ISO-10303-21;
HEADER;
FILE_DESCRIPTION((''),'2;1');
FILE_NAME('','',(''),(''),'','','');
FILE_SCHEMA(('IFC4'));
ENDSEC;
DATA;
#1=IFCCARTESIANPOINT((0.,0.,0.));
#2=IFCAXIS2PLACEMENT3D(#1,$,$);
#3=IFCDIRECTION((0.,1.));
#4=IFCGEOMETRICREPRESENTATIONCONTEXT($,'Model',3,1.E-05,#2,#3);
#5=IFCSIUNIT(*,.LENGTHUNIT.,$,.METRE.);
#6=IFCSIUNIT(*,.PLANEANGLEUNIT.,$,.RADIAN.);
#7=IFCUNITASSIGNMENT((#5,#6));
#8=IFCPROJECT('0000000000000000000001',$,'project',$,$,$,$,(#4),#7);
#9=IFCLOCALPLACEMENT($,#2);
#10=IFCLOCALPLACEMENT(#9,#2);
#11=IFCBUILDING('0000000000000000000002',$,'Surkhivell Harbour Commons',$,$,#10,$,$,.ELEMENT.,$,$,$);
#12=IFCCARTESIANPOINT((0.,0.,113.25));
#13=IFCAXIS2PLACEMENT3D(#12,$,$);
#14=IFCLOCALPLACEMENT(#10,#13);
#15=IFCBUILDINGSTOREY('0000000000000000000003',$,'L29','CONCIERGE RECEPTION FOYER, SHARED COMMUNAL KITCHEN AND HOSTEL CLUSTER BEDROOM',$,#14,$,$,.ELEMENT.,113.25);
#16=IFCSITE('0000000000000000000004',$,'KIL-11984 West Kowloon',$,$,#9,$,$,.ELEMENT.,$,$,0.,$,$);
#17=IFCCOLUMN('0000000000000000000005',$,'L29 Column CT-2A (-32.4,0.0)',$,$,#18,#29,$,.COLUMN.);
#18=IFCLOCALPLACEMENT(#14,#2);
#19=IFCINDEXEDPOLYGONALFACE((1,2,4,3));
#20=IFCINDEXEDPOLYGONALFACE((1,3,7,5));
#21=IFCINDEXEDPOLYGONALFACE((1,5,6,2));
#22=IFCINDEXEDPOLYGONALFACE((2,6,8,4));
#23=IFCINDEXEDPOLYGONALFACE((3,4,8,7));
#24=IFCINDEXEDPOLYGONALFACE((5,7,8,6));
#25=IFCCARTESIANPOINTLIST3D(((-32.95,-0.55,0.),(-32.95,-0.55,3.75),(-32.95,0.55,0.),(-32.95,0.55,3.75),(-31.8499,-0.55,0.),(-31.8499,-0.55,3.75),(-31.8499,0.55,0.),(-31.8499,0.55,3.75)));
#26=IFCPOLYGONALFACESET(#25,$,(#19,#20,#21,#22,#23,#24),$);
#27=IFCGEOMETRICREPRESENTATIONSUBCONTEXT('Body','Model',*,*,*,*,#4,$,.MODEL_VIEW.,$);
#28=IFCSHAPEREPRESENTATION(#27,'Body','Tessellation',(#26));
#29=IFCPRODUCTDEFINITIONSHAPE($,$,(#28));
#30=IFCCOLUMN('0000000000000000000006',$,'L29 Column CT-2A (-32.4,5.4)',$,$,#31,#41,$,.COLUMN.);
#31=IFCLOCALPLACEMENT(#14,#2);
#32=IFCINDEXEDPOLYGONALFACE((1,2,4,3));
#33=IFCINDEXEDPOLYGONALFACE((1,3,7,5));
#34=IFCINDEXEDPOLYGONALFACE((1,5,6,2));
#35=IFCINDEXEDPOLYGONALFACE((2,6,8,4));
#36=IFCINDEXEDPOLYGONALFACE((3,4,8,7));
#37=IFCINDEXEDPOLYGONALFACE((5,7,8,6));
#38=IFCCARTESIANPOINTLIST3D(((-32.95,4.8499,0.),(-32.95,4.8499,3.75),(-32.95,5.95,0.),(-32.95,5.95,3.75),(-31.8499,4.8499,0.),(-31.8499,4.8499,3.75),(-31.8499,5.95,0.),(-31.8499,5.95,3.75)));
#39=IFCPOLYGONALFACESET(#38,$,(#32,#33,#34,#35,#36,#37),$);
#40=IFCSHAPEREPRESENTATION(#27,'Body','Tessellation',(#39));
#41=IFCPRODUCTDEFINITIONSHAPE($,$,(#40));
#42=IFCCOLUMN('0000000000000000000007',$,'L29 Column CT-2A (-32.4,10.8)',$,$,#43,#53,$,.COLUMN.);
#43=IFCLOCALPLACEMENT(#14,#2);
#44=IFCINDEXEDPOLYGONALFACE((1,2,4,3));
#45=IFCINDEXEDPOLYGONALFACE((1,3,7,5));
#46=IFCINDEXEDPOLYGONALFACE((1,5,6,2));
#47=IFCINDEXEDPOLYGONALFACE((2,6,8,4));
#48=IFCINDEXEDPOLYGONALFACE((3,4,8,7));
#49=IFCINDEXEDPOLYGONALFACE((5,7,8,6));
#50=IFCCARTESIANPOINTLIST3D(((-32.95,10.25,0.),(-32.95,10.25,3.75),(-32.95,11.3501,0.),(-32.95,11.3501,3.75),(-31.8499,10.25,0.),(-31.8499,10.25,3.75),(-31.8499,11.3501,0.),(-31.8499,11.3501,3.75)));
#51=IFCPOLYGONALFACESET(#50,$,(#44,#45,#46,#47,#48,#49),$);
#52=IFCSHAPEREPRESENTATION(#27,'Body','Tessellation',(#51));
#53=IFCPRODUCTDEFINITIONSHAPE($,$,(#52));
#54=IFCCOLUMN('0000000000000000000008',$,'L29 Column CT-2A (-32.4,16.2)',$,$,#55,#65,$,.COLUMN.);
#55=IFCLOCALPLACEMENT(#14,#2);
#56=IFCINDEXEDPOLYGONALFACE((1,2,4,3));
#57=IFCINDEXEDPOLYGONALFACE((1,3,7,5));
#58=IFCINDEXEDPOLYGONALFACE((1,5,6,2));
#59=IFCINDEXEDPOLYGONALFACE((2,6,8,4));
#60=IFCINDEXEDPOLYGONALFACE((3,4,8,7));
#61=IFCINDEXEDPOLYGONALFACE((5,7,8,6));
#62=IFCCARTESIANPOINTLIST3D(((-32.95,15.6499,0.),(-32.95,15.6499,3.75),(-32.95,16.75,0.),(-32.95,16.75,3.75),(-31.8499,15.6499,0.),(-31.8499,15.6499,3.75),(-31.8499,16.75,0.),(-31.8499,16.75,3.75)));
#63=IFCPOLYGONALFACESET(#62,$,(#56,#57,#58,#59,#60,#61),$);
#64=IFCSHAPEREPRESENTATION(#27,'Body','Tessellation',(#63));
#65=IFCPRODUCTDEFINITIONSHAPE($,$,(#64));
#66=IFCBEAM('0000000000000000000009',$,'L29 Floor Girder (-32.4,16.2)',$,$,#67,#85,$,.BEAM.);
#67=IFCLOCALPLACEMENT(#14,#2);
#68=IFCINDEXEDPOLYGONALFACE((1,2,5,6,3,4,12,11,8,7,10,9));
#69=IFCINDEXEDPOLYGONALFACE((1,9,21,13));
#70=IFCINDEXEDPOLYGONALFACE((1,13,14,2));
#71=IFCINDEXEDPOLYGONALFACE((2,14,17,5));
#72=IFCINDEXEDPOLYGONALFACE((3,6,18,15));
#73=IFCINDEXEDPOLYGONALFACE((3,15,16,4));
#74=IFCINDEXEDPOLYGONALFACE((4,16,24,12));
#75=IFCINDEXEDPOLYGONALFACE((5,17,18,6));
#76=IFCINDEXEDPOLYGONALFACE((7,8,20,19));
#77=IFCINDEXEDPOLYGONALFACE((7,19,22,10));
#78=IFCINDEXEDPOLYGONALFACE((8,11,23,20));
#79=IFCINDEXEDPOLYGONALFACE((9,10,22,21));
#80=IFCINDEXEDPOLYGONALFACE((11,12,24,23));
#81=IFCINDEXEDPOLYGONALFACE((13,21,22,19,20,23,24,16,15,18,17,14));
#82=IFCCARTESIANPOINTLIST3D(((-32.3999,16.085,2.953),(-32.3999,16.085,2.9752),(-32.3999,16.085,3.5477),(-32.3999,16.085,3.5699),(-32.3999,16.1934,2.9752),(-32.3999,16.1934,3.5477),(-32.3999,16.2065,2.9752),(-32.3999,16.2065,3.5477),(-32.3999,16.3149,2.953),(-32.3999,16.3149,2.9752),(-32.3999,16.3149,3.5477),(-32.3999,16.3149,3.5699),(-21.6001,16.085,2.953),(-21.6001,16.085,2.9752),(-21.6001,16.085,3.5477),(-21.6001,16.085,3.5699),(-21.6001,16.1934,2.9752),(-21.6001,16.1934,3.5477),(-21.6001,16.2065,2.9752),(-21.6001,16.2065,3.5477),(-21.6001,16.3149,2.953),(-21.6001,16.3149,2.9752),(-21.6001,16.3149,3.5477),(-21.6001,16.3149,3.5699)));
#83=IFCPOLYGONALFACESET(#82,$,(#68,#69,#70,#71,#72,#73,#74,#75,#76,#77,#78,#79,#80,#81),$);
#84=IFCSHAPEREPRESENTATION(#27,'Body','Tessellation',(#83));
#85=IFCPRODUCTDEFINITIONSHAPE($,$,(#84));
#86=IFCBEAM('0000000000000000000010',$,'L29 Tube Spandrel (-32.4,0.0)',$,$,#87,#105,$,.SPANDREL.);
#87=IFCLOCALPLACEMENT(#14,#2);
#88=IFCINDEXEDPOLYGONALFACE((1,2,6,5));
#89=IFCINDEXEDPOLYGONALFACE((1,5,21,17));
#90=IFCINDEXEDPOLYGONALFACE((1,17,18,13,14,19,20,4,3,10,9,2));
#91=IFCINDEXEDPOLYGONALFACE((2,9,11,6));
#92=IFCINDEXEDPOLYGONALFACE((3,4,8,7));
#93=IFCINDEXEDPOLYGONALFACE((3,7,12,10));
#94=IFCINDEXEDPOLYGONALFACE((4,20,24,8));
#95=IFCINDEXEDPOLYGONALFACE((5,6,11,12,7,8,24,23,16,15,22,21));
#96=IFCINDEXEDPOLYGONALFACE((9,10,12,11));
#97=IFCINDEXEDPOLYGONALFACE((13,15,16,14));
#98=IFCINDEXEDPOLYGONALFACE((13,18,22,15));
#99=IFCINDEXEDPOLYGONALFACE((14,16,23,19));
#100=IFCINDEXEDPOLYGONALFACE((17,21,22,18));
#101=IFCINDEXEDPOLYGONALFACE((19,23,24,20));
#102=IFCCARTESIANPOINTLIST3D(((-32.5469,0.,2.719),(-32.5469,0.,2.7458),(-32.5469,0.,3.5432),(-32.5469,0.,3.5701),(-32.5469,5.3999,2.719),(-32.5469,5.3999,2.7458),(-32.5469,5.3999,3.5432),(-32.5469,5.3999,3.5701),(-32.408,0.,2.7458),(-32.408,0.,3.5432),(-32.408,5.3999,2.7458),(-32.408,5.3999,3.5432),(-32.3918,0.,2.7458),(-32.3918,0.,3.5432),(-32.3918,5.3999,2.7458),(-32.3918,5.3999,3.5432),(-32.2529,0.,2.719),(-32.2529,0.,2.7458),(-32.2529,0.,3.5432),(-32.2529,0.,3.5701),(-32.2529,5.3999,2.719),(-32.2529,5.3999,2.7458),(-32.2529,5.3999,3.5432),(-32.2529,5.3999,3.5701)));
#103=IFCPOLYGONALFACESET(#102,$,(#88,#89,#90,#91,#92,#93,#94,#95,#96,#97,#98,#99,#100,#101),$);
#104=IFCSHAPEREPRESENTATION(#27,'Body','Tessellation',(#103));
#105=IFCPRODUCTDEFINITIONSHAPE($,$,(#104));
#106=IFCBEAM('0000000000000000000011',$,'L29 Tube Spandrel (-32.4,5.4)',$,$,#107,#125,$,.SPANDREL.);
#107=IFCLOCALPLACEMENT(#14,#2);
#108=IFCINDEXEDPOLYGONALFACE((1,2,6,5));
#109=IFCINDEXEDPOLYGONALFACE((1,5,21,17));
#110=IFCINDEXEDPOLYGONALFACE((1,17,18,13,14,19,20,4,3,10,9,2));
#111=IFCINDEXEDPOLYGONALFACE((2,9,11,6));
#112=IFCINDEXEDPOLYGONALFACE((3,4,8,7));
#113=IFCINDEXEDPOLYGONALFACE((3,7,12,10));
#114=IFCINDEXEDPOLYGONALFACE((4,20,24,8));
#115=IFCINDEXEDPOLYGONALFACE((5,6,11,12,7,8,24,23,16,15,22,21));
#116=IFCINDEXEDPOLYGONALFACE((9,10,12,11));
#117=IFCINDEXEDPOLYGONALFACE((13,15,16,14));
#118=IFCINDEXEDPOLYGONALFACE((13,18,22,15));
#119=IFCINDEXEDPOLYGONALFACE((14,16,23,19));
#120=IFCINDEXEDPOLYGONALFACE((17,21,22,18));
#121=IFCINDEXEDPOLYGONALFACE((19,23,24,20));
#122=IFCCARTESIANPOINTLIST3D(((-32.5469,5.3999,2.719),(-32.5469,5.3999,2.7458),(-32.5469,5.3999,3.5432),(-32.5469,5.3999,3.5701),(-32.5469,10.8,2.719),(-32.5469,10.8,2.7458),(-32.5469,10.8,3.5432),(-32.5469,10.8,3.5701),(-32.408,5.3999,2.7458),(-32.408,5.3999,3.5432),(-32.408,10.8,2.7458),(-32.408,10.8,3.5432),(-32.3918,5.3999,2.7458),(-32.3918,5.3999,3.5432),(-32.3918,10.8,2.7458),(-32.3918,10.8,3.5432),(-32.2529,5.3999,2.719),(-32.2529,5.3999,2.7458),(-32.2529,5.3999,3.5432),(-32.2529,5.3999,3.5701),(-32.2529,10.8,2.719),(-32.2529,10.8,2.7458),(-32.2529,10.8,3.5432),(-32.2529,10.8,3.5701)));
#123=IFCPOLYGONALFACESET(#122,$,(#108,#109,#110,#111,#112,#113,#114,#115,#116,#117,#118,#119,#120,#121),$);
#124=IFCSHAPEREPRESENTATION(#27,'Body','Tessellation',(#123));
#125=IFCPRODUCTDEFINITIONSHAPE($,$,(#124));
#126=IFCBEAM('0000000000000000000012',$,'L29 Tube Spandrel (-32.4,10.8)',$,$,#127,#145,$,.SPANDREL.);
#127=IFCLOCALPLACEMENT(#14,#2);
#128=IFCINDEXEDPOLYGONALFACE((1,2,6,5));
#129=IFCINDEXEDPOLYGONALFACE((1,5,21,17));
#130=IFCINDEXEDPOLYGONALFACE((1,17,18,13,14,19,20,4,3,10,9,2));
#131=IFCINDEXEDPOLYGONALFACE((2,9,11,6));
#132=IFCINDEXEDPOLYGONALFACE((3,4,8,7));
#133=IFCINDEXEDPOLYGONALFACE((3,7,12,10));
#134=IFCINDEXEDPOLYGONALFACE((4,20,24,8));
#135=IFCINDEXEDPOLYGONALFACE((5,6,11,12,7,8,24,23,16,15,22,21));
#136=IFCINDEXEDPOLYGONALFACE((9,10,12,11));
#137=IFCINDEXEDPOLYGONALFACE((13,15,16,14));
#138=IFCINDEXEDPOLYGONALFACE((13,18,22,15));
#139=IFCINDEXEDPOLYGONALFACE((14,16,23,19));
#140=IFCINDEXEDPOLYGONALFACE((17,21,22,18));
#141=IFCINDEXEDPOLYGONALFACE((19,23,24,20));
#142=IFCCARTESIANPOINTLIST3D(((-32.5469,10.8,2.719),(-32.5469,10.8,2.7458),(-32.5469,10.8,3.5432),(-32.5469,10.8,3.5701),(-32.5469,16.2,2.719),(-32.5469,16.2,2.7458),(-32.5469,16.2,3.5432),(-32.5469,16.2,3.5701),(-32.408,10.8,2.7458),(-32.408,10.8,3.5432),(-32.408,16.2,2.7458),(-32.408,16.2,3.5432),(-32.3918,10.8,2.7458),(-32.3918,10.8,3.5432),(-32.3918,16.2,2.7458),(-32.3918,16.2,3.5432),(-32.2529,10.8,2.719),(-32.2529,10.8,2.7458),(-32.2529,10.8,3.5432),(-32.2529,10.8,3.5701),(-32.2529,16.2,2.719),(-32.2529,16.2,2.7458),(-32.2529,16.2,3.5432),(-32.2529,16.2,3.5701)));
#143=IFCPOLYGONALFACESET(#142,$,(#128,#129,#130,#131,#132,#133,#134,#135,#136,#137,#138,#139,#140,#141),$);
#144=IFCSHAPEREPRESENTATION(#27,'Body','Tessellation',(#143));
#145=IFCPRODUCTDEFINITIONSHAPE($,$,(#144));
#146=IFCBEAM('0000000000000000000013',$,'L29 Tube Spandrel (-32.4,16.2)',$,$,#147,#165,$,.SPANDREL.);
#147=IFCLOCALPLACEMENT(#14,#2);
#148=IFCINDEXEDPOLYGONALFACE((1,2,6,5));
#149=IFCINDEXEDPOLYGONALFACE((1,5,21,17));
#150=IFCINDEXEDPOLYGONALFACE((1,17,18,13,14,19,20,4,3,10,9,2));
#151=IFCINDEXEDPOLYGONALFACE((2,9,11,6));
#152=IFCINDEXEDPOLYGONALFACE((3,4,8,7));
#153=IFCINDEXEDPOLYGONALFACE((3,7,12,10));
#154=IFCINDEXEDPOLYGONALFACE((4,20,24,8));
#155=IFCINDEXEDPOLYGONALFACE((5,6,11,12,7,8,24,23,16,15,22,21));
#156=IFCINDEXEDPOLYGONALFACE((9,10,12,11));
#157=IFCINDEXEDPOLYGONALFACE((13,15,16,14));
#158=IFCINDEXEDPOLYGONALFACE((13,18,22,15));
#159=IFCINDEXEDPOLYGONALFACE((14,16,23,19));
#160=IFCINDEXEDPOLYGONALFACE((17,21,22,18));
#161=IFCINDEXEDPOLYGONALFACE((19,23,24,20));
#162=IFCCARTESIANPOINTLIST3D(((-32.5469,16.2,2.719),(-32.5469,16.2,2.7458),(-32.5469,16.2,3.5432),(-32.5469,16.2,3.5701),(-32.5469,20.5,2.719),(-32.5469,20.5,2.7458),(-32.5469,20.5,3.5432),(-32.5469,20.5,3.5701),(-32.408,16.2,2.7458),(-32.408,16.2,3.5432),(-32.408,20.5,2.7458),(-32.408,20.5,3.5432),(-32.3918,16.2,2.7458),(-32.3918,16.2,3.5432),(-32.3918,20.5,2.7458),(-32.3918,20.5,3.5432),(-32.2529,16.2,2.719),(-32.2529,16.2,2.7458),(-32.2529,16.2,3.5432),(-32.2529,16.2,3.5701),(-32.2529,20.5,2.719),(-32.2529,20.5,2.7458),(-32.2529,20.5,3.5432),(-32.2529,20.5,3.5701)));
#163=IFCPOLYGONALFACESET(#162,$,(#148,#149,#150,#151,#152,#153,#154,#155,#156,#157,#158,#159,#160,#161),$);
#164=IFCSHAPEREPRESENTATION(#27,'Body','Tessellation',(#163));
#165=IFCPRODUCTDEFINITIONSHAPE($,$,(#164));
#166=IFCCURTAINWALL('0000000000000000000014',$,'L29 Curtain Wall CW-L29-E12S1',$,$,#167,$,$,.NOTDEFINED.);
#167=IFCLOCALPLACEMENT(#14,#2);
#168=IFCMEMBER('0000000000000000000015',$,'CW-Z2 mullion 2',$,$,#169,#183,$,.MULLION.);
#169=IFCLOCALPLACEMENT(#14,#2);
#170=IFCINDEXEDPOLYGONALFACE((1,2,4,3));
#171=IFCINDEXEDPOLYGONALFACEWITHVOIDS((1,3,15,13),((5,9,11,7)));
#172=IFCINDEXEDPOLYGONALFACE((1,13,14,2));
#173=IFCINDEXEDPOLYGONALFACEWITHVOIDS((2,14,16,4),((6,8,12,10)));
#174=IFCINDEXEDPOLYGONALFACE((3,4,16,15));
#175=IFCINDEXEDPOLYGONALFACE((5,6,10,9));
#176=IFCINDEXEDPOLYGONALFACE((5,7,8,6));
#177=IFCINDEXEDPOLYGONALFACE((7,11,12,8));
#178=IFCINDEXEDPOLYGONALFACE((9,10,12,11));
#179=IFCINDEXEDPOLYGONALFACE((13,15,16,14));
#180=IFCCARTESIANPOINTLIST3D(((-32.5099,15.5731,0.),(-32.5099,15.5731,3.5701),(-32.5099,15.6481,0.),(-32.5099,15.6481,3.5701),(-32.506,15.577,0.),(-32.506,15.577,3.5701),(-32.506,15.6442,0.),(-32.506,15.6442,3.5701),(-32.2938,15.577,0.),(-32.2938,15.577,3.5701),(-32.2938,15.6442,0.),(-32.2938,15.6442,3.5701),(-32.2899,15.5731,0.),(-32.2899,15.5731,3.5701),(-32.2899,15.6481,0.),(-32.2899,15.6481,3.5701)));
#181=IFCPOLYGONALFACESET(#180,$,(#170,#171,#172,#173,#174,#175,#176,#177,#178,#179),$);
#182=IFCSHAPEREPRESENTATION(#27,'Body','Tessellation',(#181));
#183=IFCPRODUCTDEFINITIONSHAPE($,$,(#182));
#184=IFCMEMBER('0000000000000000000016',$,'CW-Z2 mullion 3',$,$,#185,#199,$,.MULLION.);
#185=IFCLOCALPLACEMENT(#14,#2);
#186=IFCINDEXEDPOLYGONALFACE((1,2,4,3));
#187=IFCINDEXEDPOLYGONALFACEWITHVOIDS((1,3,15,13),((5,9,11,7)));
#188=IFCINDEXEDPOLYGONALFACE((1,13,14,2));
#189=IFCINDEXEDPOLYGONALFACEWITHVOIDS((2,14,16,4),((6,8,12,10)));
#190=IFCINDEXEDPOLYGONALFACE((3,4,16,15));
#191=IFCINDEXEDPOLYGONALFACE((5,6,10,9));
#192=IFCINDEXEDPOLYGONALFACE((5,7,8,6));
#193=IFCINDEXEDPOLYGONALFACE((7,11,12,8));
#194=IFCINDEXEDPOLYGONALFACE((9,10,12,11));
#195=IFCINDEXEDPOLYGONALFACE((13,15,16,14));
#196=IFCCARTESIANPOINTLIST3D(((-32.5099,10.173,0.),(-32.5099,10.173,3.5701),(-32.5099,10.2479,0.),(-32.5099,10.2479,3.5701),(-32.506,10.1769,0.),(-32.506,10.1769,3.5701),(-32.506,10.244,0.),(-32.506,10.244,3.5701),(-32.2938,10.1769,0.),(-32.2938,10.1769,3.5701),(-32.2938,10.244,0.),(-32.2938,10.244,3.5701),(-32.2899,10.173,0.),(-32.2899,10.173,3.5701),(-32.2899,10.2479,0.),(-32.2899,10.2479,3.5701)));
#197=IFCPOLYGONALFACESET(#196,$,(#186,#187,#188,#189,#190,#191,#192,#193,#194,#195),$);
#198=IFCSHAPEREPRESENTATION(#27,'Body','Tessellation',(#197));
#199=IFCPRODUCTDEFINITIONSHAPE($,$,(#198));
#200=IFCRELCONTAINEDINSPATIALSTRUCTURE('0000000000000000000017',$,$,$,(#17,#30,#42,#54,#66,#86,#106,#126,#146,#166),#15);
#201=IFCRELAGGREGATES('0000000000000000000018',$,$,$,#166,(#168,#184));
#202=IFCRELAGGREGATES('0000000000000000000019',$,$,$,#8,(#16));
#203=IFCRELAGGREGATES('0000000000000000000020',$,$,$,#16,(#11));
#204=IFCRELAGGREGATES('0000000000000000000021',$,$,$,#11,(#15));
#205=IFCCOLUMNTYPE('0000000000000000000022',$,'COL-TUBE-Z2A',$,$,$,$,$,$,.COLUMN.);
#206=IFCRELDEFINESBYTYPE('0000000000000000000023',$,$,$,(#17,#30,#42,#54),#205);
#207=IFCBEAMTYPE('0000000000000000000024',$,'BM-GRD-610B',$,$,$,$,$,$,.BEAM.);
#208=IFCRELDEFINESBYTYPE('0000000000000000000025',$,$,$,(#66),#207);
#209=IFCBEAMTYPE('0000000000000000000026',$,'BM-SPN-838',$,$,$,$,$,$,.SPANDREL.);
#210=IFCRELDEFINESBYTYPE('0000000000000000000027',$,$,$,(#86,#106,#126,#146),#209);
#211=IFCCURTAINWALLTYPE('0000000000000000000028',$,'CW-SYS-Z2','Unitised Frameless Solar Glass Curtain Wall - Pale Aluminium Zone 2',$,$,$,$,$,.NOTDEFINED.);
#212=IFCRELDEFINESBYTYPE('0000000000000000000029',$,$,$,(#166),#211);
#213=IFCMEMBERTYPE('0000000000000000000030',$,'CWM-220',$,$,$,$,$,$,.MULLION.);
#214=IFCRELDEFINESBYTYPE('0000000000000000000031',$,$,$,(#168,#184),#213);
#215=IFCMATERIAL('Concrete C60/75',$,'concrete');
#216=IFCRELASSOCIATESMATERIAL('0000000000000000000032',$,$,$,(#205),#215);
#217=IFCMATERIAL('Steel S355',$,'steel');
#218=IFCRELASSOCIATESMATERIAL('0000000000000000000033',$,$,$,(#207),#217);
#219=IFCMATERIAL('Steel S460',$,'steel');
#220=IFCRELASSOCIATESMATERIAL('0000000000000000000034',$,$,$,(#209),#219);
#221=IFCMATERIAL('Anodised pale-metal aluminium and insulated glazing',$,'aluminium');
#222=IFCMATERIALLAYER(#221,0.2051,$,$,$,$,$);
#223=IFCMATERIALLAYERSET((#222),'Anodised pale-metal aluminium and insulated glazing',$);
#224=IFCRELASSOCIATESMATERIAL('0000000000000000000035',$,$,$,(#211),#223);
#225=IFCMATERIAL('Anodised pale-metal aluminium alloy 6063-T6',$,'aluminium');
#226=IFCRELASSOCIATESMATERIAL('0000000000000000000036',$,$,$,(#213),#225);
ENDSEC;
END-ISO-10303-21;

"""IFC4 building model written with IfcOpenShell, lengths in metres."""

from ifc_helpers import new_model, si_unit, direction, frame, origin, origin_2d, place, context, subcontext, project, spatial, rectangle, hollow_rectangle, i_section, extrude, material, layer, layer_set, material_profile, profile_set, type_object, element, aggregate, save


model = new_model("IFC4")

# Units and contexts
model_context = context("Model", 3, precision=1e-05, world=origin(), true_north=direction((0.0, 1.0)))
body_context = subcontext(model_context, "Body", "Model", "MODEL_VIEW")
ifc_project = project(units=[si_unit("LENGTHUNIT", "METRE"), si_unit("PLANEANGLEUNIT", "RADIAN")], contexts=[model_context])

# Site, building, storey
site_placement = place(None, origin())
site = spatial("IfcSite", under=ifc_project, at=site_placement, Name="KIL-11984 West Kowloon", CompositionType="ELEMENT", RefElevation=0.0)
building_placement = place(site_placement, origin())
building = spatial("IfcBuilding", under=site, at=building_placement, Name="Surkhivell Harbour Commons", CompositionType="ELEMENT")
storey_placement = place(building_placement, frame((0.0, 0.0, 113.25)))
storey = spatial("IfcBuildingStorey", under=building, at=storey_placement, Name="L29", Description="CONCIERGE RECEPTION FOYER, SHARED COMMUNAL KITCHEN AND HOSTEL CLUSTER BEDROOM", CompositionType="ELEMENT", Elevation=113.25)

# Columns
ifc_material_1 = material(Name="Concrete C60/75", Category="concrete")
ifc_material_profile_1 = material_profile(ifc_material_1, rectangle(XDim=1.1001, YDim=1.1001, at=origin_2d()), Name="RC-COL-1100x1100")
ifc_profile_set_1 = profile_set([ifc_material_profile_1], Name="Concrete C60/75")
column_type = type_object("IfcColumnType", Name="COL-TUBE-Z2A", PredefinedType="COLUMN", material=ifc_profile_set_1)
for number, where, z_axis, x_axis, name in (
    (1, (-32.3999, 0.0, 0.0), (0.0, 0.0, 1.0), (1.0, 0.0, 0.0), "L29 Column CT-2A (-32.4,0.0)"),
    (2, (-32.3999, 5.3999, 0.0), (0.0, 0.0, 1.0), (1.0, 0.0, 0.0), "L29 Column CT-2A (-32.4,5.4)"),
    (3, (-32.3999, 10.8, 0.0), (0.0, 0.0, 1.0), (1.0, 0.0, 0.0), "L29 Column CT-2A (-32.4,10.8)"),
    (4, (-32.3999, 16.2, 0.0), (0.0, 0.0, 1.0), (1.0, 0.0, 0.0), "L29 Column CT-2A (-32.4,16.2)"),
):
    element("IfcColumn", number, at=place(storey_placement, frame(where, z_axis=z_axis, x_axis=x_axis)), inside=storey, type_object=column_type, Name=name, PredefinedType="COLUMN", context=body_context, shape_type="SweptSolid", body=[
        extrude(rectangle(XDim=1.1001, YDim=1.1001, at=origin_2d()), origin(), (0.0, 0.0, 1.0), 3.75),
    ])

# Beams
ifc_material_2 = material(Name="Steel S355", Category="steel")
ifc_material_profile_2 = material_profile(ifc_material_2, i_section(OverallWidth=0.23, OverallDepth=0.6169, WebThickness=0.0132, FlangeThickness=0.0222, at=origin_2d()), Name="UB610x229x140")
ifc_profile_set_2 = profile_set([ifc_material_profile_2], Name="Steel S355")
beam_type_1 = type_object("IfcBeamType", Name="BM-GRD-610B", PredefinedType="BEAM", material=ifc_profile_set_2)
beam_1_placement = place(storey_placement, frame((-32.3999, 16.2, 3.2615), z_axis=(1.0, 0.0, 0.0), x_axis=(0.0, 1.0, 0.0)))
element("IfcBeam", 5, at=beam_1_placement, inside=storey, type_object=beam_type_1, Name="L29 Floor Girder (-32.4,16.2)", PredefinedType="BEAM", context=body_context, shape_type="SweptSolid", body=[
    extrude(i_section(OverallWidth=0.23, OverallDepth=0.6169, WebThickness=0.0132, FlangeThickness=0.0222, at=origin_2d()), origin(), (0.0, 0.0, 1.0), 10.7998),
])
ifc_material_3 = material(Name="Steel S460", Category="steel")
ifc_material_profile_3 = material_profile(ifc_material_3, i_section(OverallWidth=0.2939, OverallDepth=0.8511, WebThickness=0.0161, FlangeThickness=0.0269, at=origin_2d()), Name="UB838x292x226")
ifc_profile_set_3 = profile_set([ifc_material_profile_3], Name="Steel S460")
beam_type_2 = type_object("IfcBeamType", Name="BM-SPN-838", PredefinedType="SPANDREL", material=ifc_profile_set_3)
beam_2_placement = place(storey_placement, frame((-32.3999, 0.0, 3.1445), z_axis=(0.0, 1.0, 0.0), x_axis=(-1.0, 0.0, 0.0)))
element("IfcBeam", 6, at=beam_2_placement, inside=storey, type_object=beam_type_2, Name="L29 Tube Spandrel (-32.4,0.0)", PredefinedType="SPANDREL", context=body_context, shape_type="SweptSolid", body=[
    extrude(i_section(OverallWidth=0.2939, OverallDepth=0.8511, WebThickness=0.0161, FlangeThickness=0.0269, at=origin_2d()), origin(), (0.0, 0.0, 1.0), 5.3999),
])
beam_3_placement = place(storey_placement, frame((-32.3999, 5.3999, 3.1445), z_axis=(0.0, 1.0, 0.0), x_axis=(-1.0, 0.0, 0.0)))
element("IfcBeam", 7, at=beam_3_placement, inside=storey, type_object=beam_type_2, Name="L29 Tube Spandrel (-32.4,5.4)", PredefinedType="SPANDREL", context=body_context, shape_type="SweptSolid", body=[
    extrude(i_section(OverallWidth=0.2939, OverallDepth=0.8511, WebThickness=0.0161, FlangeThickness=0.0269, at=origin_2d()), origin(), (0.0, 0.0, 1.0), 5.4001),
])
beam_4_placement = place(storey_placement, frame((-32.3999, 10.8, 3.1445), z_axis=(0.0, 1.0, 0.0), x_axis=(-1.0, 0.0, 0.0)))
element("IfcBeam", 8, at=beam_4_placement, inside=storey, type_object=beam_type_2, Name="L29 Tube Spandrel (-32.4,10.8)", PredefinedType="SPANDREL", context=body_context, shape_type="SweptSolid", body=[
    extrude(i_section(OverallWidth=0.2939, OverallDepth=0.8511, WebThickness=0.0161, FlangeThickness=0.0269, at=origin_2d()), origin(), (0.0, 0.0, 1.0), 5.3999),
])
beam_5_placement = place(storey_placement, frame((-32.3999, 16.2, 3.1445), z_axis=(0.0, 1.0, 0.0), x_axis=(-1.0, 0.0, 0.0)))
element("IfcBeam", 9, at=beam_5_placement, inside=storey, type_object=beam_type_2, Name="L29 Tube Spandrel (-32.4,16.2)", PredefinedType="SPANDREL", context=body_context, shape_type="SweptSolid", body=[
    extrude(i_section(OverallWidth=0.2939, OverallDepth=0.8511, WebThickness=0.0161, FlangeThickness=0.0269, at=origin_2d()), origin(), (0.0, 0.0, 1.0), 4.3),
])

# Curtain wall, members
ifc_material_4 = material(Name="Anodised pale-metal aluminium and insulated glazing", Category="aluminium")
ifc_layer_1 = layer(ifc_material_4, 0.2051)
ifc_layer_set_1 = layer_set([ifc_layer_1], Name="Anodised pale-metal aluminium and insulated glazing")
curtain_wall_type = type_object("IfcCurtainWallType", Name="CW-SYS-Z2", Description="Unitised Frameless Solar Glass Curtain Wall - Pale Aluminium Zone 2", PredefinedType="NOTDEFINED", material=ifc_layer_set_1)
curtain_wall_placement = place(storey_placement, origin())
curtain_wall = element("IfcCurtainWall", 10, at=curtain_wall_placement, inside=storey, type_object=curtain_wall_type, Name="L29 Curtain Wall CW-L29-E12S1", PredefinedType="NOTDEFINED")
ifc_material_5 = material(Name="Anodised pale-metal aluminium alloy 6063-T6", Category="aluminium")
ifc_material_profile_4 = material_profile(ifc_material_5, hollow_rectangle(XDim=0.075, YDim=0.22, WallThickness=0.0039, at=origin_2d()), Name="ALU-MULL-75x220")
ifc_profile_set_4 = profile_set([ifc_material_profile_4], Name="Anodised pale-metal aluminium alloy 6063-T6")
member_type_1 = type_object("IfcMemberType", Name="CWM-220", PredefinedType="MULLION", material=ifc_profile_set_4)
member_1_placement = place(storey_placement, frame((-32.3999, 15.6106, 0.0), z_axis=(0.0, 0.0, 1.0), x_axis=(0.0, -1.0, 0.0)))
member_1 = element("IfcMember", 11, at=member_1_placement, type_object=member_type_1, Name="CW-Z2 mullion 2", PredefinedType="MULLION", context=body_context, shape_type="SweptSolid", body=[
    extrude(hollow_rectangle(XDim=0.075, YDim=0.22, WallThickness=0.0039, at=origin_2d()), origin(), (0.0, 0.0, 1.0), 3.5701),
])
member_2_placement = place(storey_placement, frame((-32.3999, 10.2104, 0.0), z_axis=(0.0, 0.0, 1.0), x_axis=(0.0, -1.0, 0.0)))
member_2 = element("IfcMember", 12, at=member_2_placement, type_object=member_type_1, Name="CW-Z2 mullion 3", PredefinedType="MULLION", context=body_context, shape_type="SweptSolid", body=[
    extrude(hollow_rectangle(XDim=0.075, YDim=0.22, WallThickness=0.0039, at=origin_2d()), origin(), (0.0, 0.0, 1.0), 3.5701),
])
aggregate(curtain_wall, [member_1, member_2])

save(model, "model.ifc")
